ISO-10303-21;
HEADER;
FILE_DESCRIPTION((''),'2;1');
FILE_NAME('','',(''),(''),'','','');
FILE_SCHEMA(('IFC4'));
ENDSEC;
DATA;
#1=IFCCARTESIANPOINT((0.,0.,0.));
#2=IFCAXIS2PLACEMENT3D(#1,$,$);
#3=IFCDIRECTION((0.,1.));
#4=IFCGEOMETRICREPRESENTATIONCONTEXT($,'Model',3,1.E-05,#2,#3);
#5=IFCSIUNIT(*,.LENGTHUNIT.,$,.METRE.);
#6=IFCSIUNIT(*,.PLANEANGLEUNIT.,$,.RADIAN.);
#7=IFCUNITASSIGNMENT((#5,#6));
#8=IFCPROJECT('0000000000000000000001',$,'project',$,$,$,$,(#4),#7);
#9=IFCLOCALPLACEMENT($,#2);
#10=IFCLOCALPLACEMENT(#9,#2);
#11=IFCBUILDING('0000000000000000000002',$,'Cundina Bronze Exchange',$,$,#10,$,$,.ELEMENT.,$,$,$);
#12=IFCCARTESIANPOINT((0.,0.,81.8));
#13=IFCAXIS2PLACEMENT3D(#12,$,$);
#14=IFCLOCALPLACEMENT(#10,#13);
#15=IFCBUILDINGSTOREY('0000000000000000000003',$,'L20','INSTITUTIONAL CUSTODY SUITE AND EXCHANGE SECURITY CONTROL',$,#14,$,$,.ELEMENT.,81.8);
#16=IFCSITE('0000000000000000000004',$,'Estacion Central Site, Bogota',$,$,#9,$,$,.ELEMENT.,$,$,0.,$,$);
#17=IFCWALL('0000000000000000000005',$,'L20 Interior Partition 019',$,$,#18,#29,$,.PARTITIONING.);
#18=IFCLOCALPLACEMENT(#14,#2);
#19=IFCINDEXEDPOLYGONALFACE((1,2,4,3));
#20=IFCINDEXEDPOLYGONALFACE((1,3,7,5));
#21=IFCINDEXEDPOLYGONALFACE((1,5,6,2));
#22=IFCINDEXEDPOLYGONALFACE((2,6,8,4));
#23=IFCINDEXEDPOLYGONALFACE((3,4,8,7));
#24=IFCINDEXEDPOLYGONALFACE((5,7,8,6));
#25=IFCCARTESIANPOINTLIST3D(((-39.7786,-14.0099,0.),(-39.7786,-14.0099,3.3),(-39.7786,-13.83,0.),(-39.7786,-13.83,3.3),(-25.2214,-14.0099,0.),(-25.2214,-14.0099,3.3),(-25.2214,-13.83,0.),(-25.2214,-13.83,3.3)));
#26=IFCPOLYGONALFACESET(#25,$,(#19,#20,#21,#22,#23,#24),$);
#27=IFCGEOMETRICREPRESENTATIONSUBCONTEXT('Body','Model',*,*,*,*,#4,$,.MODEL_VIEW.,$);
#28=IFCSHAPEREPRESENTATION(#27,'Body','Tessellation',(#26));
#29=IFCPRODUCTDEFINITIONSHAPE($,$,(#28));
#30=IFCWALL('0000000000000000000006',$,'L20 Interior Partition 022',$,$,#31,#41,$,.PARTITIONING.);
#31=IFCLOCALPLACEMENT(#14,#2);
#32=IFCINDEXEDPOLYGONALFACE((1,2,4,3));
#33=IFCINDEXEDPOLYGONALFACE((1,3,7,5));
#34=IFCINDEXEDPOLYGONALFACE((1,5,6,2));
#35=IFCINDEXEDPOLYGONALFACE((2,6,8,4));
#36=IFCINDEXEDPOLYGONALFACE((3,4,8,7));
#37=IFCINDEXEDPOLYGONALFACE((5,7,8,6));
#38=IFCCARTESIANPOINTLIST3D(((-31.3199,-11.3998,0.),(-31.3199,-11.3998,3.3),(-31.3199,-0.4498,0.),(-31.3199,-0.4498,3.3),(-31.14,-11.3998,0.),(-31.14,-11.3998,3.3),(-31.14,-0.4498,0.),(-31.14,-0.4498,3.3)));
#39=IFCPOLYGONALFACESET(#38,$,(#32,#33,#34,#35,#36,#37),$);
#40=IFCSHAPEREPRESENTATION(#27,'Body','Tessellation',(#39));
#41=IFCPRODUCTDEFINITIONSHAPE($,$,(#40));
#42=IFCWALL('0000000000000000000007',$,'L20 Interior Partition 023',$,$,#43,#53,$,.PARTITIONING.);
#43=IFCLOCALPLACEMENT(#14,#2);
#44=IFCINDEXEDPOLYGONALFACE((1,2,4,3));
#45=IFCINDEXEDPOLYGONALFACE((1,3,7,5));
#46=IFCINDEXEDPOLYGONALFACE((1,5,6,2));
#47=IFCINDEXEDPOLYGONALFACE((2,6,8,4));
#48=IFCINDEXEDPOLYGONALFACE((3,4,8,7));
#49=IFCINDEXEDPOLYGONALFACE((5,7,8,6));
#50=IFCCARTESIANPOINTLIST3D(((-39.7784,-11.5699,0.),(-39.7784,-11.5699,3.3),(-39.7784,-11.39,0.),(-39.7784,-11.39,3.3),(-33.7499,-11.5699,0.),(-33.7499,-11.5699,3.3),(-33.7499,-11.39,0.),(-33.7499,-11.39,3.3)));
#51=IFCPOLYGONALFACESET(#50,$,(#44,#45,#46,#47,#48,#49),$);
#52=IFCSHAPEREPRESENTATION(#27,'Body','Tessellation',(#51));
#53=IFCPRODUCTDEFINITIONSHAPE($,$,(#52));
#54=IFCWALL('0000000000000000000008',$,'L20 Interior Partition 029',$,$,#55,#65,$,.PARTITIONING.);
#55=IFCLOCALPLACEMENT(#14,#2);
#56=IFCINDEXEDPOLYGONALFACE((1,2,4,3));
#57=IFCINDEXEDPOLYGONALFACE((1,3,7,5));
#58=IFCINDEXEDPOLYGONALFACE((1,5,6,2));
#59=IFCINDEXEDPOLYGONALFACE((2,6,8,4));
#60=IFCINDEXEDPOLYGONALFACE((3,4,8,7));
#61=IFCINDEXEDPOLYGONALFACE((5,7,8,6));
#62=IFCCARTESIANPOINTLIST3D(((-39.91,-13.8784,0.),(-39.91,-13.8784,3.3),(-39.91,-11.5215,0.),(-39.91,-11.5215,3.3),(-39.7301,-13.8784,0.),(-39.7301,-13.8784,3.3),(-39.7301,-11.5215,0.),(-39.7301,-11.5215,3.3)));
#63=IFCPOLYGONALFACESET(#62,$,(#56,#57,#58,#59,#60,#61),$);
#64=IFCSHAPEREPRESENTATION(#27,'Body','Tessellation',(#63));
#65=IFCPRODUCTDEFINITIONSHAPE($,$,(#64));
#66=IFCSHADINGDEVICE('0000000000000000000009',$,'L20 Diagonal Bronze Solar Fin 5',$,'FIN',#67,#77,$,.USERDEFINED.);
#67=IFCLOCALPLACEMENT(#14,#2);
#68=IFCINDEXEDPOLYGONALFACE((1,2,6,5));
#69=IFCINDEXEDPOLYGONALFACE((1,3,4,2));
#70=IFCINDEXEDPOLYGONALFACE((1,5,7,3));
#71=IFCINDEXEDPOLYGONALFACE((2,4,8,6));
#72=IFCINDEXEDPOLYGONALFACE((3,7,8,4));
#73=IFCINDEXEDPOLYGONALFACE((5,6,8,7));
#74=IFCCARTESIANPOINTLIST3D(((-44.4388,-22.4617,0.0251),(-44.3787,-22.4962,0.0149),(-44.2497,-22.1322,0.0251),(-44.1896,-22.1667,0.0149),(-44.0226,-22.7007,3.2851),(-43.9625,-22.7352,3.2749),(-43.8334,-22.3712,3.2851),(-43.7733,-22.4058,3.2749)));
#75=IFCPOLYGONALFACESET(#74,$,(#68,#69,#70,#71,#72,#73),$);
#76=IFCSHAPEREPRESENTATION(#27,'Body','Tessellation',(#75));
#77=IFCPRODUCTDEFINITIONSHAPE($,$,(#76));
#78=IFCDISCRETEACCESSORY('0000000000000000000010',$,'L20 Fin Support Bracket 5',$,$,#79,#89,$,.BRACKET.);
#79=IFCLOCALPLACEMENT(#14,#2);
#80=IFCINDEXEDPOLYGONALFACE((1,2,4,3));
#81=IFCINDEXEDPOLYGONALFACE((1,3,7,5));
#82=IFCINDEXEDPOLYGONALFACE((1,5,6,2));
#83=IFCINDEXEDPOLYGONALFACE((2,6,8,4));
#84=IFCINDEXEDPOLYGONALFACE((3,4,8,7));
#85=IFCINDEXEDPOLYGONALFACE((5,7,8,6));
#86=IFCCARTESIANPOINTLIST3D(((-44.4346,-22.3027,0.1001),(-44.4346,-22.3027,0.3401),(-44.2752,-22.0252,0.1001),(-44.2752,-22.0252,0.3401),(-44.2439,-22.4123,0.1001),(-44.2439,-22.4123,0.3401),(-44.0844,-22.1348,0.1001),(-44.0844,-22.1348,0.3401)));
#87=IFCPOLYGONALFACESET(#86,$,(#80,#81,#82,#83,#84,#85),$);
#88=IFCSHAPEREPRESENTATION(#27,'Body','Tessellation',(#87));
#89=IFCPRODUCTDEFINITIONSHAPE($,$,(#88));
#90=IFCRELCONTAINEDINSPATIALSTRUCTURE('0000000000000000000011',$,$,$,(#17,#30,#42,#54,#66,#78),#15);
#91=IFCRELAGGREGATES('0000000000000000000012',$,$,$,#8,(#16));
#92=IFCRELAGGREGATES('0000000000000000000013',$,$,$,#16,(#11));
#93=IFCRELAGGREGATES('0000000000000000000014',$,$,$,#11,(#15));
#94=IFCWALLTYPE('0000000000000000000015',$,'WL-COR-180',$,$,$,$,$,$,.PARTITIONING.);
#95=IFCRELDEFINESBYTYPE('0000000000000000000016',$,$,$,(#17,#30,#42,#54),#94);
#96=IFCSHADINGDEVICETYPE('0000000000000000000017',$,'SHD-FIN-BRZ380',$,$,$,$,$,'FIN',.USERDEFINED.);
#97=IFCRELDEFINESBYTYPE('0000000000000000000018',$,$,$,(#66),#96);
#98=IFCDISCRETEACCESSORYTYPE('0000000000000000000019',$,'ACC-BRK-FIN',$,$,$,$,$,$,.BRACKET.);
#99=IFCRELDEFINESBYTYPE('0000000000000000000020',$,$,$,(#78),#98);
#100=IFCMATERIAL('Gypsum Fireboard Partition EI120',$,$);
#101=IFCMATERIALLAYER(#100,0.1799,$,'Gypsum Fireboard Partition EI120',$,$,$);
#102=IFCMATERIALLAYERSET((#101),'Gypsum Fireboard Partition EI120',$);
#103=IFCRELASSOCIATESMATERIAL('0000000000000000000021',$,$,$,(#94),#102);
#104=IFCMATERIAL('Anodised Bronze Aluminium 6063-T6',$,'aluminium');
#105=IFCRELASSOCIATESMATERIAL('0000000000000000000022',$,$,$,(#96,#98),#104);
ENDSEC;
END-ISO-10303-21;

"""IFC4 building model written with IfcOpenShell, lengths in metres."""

from ifc_helpers import new_model, si_unit, direction, frame, frame_2d, origin, origin_2d, place, context, subcontext, project, spatial, rectangle, extrude, material, layer, layer_set, material_profile, profile_set, type_object, element, save


model = new_model("IFC4")

# Units and contexts
model_context = context("Model", 3, precision=1e-05, world=origin(), true_north=direction((0.0, 1.0)))
body_context = subcontext(model_context, "Body", "Model", "MODEL_VIEW")
ifc_project = project(units=[si_unit("LENGTHUNIT", "METRE"), si_unit("PLANEANGLEUNIT", "RADIAN")], contexts=[model_context])

# Site, building, storey
site_placement = place(None, origin())
site = spatial("IfcSite", under=ifc_project, at=site_placement, Name="Estacion Central Site, Bogota", CompositionType="ELEMENT", RefElevation=0.0)
building_placement = place(site_placement, origin())
building = spatial("IfcBuilding", under=site, at=building_placement, Name="Cundina Bronze Exchange", CompositionType="ELEMENT")
storey_placement = place(building_placement, frame((0.0, 0.0, 81.8)))
storey = spatial("IfcBuildingStorey", under=building, at=storey_placement, Name="L20", Description="INSTITUTIONAL CUSTODY SUITE AND EXCHANGE SECURITY CONTROL", CompositionType="ELEMENT", Elevation=81.8)

# Shared definitions
ifc_material_1 = material(Name="Anodised Bronze Aluminium 6063-T6", Category="aluminium")

# Walls
ifc_material_2 = material(Name="Gypsum Fireboard Partition EI120")
ifc_layer_1 = layer(ifc_material_2, 0.1799, Name="Gypsum Fireboard Partition EI120")
ifc_layer_set_1 = layer_set([ifc_layer_1], Name="Gypsum Fireboard Partition EI120")
wall_type = type_object("IfcWallType", Name="WL-COR-180", PredefinedType="PARTITIONING", material=ifc_layer_set_1)
wall_1_placement = place(storey_placement, frame((-39.7786, -13.9199, 0.0), z_axis=(0.0, 0.0, 1.0), x_axis=(1.0, 0.0, 0.0)))
element("IfcWall", 1, at=wall_1_placement, inside=storey, type_object=wall_type, Name="L20 Interior Partition 019", PredefinedType="PARTITIONING", context=body_context, shape_type="SweptSolid", body=[
    extrude(rectangle(XDim=14.5571, YDim=0.1799, at=frame_2d((7.2786, 0.0))), origin(), (0.0, 0.0, 1.0), 3.3),
])
wall_2_placement = place(storey_placement, frame((-31.23, -11.3999, 0.0), z_axis=(0.0, 0.0, 1.0), x_axis=(0.0, 1.0, 0.0)))
element("IfcWall", 2, at=wall_2_placement, inside=storey, type_object=wall_type, Name="L20 Interior Partition 022", PredefinedType="PARTITIONING", context=body_context, shape_type="SweptSolid", body=[
    extrude(rectangle(XDim=10.95, YDim=0.1799, at=frame_2d((5.4751, 0.0))), origin(), (0.0, 0.0, 1.0), 3.3),
])
wall_3_placement = place(storey_placement, frame((-33.75, -11.48, 0.0), z_axis=(0.0, 0.0, 1.0), x_axis=(-1.0, 0.0, 0.0)))
element("IfcWall", 3, at=wall_3_placement, inside=storey, type_object=wall_type, Name="L20 Interior Partition 023", PredefinedType="PARTITIONING", context=body_context, shape_type="SweptSolid", body=[
    extrude(rectangle(XDim=6.0286, YDim=0.1799, at=frame_2d((3.0142, 0.0))), origin(), (0.0, 0.0, 1.0), 3.3),
])
wall_4_placement = place(storey_placement, frame((-39.8201, -11.5215, 0.0), z_axis=(0.0, 0.0, 1.0), x_axis=(0.0, -1.0, 0.0)))
element("IfcWall", 4, at=wall_4_placement, inside=storey, type_object=wall_type, Name="L20 Interior Partition 029", PredefinedType="PARTITIONING", context=body_context, shape_type="SweptSolid", body=[
    extrude(rectangle(XDim=2.3569, YDim=0.1799, at=frame_2d((1.1785, 0.0))), origin(), (0.0, 0.0, 1.0), 3.3),
])

# Shading device
ifc_material_profile_1 = material_profile(ifc_material_1, rectangle(XDim=0.0701, YDim=0.3799, at=origin_2d()), Name="FIN70X380", Category="aluminium")
ifc_profile_set_1 = profile_set([ifc_material_profile_1], Name="Anodised Bronze Aluminium 6063-T6")
shading_device_type = type_object("IfcShadingDeviceType", Name="SHD-FIN-BRZ380", ElementType="FIN", PredefinedType="USERDEFINED", material=ifc_profile_set_1)
shading_device_placement = place(storey_placement, frame((-44.3142, -22.3142, 0.02), z_axis=(0.126325, -0.072535, 0.989333), x_axis=(-0.857958, 0.492634, 0.145668)))
element("IfcShadingDevice", 5, at=shading_device_placement, inside=storey, type_object=shading_device_type, Name="L20 Diagonal Bronze Solar Fin 5", ObjectType="FIN", PredefinedType="USERDEFINED", context=body_context, shape_type="SweptSolid", body=[
    extrude(rectangle(XDim=0.0701, YDim=0.3799, at=origin_2d()), origin(), (0.0, 0.0, 1.0), 3.2952),
])

# Discrete accessory
discrete_accessory_type = type_object("IfcDiscreteAccessoryType", Name="ACC-BRK-FIN", PredefinedType="BRACKET", material=ifc_material_1)
discrete_accessory_placement = place(storey_placement, frame((-44.2595, -22.2188, 0.1001), z_axis=(0.0, 0.0, 1.0), x_axis=(0.867105, -0.498125, 0.0)))
element("IfcDiscreteAccessory", 6, at=discrete_accessory_placement, inside=storey, type_object=discrete_accessory_type, Name="L20 Fin Support Bracket 5", PredefinedType="BRACKET", context=body_context, shape_type="SweptSolid", body=[
    extrude(rectangle(XDim=0.22, YDim=0.3201, at=origin_2d()), origin(), (0.0, 0.0, 1.0), 0.24),
])

save(model, "model.ifc")
